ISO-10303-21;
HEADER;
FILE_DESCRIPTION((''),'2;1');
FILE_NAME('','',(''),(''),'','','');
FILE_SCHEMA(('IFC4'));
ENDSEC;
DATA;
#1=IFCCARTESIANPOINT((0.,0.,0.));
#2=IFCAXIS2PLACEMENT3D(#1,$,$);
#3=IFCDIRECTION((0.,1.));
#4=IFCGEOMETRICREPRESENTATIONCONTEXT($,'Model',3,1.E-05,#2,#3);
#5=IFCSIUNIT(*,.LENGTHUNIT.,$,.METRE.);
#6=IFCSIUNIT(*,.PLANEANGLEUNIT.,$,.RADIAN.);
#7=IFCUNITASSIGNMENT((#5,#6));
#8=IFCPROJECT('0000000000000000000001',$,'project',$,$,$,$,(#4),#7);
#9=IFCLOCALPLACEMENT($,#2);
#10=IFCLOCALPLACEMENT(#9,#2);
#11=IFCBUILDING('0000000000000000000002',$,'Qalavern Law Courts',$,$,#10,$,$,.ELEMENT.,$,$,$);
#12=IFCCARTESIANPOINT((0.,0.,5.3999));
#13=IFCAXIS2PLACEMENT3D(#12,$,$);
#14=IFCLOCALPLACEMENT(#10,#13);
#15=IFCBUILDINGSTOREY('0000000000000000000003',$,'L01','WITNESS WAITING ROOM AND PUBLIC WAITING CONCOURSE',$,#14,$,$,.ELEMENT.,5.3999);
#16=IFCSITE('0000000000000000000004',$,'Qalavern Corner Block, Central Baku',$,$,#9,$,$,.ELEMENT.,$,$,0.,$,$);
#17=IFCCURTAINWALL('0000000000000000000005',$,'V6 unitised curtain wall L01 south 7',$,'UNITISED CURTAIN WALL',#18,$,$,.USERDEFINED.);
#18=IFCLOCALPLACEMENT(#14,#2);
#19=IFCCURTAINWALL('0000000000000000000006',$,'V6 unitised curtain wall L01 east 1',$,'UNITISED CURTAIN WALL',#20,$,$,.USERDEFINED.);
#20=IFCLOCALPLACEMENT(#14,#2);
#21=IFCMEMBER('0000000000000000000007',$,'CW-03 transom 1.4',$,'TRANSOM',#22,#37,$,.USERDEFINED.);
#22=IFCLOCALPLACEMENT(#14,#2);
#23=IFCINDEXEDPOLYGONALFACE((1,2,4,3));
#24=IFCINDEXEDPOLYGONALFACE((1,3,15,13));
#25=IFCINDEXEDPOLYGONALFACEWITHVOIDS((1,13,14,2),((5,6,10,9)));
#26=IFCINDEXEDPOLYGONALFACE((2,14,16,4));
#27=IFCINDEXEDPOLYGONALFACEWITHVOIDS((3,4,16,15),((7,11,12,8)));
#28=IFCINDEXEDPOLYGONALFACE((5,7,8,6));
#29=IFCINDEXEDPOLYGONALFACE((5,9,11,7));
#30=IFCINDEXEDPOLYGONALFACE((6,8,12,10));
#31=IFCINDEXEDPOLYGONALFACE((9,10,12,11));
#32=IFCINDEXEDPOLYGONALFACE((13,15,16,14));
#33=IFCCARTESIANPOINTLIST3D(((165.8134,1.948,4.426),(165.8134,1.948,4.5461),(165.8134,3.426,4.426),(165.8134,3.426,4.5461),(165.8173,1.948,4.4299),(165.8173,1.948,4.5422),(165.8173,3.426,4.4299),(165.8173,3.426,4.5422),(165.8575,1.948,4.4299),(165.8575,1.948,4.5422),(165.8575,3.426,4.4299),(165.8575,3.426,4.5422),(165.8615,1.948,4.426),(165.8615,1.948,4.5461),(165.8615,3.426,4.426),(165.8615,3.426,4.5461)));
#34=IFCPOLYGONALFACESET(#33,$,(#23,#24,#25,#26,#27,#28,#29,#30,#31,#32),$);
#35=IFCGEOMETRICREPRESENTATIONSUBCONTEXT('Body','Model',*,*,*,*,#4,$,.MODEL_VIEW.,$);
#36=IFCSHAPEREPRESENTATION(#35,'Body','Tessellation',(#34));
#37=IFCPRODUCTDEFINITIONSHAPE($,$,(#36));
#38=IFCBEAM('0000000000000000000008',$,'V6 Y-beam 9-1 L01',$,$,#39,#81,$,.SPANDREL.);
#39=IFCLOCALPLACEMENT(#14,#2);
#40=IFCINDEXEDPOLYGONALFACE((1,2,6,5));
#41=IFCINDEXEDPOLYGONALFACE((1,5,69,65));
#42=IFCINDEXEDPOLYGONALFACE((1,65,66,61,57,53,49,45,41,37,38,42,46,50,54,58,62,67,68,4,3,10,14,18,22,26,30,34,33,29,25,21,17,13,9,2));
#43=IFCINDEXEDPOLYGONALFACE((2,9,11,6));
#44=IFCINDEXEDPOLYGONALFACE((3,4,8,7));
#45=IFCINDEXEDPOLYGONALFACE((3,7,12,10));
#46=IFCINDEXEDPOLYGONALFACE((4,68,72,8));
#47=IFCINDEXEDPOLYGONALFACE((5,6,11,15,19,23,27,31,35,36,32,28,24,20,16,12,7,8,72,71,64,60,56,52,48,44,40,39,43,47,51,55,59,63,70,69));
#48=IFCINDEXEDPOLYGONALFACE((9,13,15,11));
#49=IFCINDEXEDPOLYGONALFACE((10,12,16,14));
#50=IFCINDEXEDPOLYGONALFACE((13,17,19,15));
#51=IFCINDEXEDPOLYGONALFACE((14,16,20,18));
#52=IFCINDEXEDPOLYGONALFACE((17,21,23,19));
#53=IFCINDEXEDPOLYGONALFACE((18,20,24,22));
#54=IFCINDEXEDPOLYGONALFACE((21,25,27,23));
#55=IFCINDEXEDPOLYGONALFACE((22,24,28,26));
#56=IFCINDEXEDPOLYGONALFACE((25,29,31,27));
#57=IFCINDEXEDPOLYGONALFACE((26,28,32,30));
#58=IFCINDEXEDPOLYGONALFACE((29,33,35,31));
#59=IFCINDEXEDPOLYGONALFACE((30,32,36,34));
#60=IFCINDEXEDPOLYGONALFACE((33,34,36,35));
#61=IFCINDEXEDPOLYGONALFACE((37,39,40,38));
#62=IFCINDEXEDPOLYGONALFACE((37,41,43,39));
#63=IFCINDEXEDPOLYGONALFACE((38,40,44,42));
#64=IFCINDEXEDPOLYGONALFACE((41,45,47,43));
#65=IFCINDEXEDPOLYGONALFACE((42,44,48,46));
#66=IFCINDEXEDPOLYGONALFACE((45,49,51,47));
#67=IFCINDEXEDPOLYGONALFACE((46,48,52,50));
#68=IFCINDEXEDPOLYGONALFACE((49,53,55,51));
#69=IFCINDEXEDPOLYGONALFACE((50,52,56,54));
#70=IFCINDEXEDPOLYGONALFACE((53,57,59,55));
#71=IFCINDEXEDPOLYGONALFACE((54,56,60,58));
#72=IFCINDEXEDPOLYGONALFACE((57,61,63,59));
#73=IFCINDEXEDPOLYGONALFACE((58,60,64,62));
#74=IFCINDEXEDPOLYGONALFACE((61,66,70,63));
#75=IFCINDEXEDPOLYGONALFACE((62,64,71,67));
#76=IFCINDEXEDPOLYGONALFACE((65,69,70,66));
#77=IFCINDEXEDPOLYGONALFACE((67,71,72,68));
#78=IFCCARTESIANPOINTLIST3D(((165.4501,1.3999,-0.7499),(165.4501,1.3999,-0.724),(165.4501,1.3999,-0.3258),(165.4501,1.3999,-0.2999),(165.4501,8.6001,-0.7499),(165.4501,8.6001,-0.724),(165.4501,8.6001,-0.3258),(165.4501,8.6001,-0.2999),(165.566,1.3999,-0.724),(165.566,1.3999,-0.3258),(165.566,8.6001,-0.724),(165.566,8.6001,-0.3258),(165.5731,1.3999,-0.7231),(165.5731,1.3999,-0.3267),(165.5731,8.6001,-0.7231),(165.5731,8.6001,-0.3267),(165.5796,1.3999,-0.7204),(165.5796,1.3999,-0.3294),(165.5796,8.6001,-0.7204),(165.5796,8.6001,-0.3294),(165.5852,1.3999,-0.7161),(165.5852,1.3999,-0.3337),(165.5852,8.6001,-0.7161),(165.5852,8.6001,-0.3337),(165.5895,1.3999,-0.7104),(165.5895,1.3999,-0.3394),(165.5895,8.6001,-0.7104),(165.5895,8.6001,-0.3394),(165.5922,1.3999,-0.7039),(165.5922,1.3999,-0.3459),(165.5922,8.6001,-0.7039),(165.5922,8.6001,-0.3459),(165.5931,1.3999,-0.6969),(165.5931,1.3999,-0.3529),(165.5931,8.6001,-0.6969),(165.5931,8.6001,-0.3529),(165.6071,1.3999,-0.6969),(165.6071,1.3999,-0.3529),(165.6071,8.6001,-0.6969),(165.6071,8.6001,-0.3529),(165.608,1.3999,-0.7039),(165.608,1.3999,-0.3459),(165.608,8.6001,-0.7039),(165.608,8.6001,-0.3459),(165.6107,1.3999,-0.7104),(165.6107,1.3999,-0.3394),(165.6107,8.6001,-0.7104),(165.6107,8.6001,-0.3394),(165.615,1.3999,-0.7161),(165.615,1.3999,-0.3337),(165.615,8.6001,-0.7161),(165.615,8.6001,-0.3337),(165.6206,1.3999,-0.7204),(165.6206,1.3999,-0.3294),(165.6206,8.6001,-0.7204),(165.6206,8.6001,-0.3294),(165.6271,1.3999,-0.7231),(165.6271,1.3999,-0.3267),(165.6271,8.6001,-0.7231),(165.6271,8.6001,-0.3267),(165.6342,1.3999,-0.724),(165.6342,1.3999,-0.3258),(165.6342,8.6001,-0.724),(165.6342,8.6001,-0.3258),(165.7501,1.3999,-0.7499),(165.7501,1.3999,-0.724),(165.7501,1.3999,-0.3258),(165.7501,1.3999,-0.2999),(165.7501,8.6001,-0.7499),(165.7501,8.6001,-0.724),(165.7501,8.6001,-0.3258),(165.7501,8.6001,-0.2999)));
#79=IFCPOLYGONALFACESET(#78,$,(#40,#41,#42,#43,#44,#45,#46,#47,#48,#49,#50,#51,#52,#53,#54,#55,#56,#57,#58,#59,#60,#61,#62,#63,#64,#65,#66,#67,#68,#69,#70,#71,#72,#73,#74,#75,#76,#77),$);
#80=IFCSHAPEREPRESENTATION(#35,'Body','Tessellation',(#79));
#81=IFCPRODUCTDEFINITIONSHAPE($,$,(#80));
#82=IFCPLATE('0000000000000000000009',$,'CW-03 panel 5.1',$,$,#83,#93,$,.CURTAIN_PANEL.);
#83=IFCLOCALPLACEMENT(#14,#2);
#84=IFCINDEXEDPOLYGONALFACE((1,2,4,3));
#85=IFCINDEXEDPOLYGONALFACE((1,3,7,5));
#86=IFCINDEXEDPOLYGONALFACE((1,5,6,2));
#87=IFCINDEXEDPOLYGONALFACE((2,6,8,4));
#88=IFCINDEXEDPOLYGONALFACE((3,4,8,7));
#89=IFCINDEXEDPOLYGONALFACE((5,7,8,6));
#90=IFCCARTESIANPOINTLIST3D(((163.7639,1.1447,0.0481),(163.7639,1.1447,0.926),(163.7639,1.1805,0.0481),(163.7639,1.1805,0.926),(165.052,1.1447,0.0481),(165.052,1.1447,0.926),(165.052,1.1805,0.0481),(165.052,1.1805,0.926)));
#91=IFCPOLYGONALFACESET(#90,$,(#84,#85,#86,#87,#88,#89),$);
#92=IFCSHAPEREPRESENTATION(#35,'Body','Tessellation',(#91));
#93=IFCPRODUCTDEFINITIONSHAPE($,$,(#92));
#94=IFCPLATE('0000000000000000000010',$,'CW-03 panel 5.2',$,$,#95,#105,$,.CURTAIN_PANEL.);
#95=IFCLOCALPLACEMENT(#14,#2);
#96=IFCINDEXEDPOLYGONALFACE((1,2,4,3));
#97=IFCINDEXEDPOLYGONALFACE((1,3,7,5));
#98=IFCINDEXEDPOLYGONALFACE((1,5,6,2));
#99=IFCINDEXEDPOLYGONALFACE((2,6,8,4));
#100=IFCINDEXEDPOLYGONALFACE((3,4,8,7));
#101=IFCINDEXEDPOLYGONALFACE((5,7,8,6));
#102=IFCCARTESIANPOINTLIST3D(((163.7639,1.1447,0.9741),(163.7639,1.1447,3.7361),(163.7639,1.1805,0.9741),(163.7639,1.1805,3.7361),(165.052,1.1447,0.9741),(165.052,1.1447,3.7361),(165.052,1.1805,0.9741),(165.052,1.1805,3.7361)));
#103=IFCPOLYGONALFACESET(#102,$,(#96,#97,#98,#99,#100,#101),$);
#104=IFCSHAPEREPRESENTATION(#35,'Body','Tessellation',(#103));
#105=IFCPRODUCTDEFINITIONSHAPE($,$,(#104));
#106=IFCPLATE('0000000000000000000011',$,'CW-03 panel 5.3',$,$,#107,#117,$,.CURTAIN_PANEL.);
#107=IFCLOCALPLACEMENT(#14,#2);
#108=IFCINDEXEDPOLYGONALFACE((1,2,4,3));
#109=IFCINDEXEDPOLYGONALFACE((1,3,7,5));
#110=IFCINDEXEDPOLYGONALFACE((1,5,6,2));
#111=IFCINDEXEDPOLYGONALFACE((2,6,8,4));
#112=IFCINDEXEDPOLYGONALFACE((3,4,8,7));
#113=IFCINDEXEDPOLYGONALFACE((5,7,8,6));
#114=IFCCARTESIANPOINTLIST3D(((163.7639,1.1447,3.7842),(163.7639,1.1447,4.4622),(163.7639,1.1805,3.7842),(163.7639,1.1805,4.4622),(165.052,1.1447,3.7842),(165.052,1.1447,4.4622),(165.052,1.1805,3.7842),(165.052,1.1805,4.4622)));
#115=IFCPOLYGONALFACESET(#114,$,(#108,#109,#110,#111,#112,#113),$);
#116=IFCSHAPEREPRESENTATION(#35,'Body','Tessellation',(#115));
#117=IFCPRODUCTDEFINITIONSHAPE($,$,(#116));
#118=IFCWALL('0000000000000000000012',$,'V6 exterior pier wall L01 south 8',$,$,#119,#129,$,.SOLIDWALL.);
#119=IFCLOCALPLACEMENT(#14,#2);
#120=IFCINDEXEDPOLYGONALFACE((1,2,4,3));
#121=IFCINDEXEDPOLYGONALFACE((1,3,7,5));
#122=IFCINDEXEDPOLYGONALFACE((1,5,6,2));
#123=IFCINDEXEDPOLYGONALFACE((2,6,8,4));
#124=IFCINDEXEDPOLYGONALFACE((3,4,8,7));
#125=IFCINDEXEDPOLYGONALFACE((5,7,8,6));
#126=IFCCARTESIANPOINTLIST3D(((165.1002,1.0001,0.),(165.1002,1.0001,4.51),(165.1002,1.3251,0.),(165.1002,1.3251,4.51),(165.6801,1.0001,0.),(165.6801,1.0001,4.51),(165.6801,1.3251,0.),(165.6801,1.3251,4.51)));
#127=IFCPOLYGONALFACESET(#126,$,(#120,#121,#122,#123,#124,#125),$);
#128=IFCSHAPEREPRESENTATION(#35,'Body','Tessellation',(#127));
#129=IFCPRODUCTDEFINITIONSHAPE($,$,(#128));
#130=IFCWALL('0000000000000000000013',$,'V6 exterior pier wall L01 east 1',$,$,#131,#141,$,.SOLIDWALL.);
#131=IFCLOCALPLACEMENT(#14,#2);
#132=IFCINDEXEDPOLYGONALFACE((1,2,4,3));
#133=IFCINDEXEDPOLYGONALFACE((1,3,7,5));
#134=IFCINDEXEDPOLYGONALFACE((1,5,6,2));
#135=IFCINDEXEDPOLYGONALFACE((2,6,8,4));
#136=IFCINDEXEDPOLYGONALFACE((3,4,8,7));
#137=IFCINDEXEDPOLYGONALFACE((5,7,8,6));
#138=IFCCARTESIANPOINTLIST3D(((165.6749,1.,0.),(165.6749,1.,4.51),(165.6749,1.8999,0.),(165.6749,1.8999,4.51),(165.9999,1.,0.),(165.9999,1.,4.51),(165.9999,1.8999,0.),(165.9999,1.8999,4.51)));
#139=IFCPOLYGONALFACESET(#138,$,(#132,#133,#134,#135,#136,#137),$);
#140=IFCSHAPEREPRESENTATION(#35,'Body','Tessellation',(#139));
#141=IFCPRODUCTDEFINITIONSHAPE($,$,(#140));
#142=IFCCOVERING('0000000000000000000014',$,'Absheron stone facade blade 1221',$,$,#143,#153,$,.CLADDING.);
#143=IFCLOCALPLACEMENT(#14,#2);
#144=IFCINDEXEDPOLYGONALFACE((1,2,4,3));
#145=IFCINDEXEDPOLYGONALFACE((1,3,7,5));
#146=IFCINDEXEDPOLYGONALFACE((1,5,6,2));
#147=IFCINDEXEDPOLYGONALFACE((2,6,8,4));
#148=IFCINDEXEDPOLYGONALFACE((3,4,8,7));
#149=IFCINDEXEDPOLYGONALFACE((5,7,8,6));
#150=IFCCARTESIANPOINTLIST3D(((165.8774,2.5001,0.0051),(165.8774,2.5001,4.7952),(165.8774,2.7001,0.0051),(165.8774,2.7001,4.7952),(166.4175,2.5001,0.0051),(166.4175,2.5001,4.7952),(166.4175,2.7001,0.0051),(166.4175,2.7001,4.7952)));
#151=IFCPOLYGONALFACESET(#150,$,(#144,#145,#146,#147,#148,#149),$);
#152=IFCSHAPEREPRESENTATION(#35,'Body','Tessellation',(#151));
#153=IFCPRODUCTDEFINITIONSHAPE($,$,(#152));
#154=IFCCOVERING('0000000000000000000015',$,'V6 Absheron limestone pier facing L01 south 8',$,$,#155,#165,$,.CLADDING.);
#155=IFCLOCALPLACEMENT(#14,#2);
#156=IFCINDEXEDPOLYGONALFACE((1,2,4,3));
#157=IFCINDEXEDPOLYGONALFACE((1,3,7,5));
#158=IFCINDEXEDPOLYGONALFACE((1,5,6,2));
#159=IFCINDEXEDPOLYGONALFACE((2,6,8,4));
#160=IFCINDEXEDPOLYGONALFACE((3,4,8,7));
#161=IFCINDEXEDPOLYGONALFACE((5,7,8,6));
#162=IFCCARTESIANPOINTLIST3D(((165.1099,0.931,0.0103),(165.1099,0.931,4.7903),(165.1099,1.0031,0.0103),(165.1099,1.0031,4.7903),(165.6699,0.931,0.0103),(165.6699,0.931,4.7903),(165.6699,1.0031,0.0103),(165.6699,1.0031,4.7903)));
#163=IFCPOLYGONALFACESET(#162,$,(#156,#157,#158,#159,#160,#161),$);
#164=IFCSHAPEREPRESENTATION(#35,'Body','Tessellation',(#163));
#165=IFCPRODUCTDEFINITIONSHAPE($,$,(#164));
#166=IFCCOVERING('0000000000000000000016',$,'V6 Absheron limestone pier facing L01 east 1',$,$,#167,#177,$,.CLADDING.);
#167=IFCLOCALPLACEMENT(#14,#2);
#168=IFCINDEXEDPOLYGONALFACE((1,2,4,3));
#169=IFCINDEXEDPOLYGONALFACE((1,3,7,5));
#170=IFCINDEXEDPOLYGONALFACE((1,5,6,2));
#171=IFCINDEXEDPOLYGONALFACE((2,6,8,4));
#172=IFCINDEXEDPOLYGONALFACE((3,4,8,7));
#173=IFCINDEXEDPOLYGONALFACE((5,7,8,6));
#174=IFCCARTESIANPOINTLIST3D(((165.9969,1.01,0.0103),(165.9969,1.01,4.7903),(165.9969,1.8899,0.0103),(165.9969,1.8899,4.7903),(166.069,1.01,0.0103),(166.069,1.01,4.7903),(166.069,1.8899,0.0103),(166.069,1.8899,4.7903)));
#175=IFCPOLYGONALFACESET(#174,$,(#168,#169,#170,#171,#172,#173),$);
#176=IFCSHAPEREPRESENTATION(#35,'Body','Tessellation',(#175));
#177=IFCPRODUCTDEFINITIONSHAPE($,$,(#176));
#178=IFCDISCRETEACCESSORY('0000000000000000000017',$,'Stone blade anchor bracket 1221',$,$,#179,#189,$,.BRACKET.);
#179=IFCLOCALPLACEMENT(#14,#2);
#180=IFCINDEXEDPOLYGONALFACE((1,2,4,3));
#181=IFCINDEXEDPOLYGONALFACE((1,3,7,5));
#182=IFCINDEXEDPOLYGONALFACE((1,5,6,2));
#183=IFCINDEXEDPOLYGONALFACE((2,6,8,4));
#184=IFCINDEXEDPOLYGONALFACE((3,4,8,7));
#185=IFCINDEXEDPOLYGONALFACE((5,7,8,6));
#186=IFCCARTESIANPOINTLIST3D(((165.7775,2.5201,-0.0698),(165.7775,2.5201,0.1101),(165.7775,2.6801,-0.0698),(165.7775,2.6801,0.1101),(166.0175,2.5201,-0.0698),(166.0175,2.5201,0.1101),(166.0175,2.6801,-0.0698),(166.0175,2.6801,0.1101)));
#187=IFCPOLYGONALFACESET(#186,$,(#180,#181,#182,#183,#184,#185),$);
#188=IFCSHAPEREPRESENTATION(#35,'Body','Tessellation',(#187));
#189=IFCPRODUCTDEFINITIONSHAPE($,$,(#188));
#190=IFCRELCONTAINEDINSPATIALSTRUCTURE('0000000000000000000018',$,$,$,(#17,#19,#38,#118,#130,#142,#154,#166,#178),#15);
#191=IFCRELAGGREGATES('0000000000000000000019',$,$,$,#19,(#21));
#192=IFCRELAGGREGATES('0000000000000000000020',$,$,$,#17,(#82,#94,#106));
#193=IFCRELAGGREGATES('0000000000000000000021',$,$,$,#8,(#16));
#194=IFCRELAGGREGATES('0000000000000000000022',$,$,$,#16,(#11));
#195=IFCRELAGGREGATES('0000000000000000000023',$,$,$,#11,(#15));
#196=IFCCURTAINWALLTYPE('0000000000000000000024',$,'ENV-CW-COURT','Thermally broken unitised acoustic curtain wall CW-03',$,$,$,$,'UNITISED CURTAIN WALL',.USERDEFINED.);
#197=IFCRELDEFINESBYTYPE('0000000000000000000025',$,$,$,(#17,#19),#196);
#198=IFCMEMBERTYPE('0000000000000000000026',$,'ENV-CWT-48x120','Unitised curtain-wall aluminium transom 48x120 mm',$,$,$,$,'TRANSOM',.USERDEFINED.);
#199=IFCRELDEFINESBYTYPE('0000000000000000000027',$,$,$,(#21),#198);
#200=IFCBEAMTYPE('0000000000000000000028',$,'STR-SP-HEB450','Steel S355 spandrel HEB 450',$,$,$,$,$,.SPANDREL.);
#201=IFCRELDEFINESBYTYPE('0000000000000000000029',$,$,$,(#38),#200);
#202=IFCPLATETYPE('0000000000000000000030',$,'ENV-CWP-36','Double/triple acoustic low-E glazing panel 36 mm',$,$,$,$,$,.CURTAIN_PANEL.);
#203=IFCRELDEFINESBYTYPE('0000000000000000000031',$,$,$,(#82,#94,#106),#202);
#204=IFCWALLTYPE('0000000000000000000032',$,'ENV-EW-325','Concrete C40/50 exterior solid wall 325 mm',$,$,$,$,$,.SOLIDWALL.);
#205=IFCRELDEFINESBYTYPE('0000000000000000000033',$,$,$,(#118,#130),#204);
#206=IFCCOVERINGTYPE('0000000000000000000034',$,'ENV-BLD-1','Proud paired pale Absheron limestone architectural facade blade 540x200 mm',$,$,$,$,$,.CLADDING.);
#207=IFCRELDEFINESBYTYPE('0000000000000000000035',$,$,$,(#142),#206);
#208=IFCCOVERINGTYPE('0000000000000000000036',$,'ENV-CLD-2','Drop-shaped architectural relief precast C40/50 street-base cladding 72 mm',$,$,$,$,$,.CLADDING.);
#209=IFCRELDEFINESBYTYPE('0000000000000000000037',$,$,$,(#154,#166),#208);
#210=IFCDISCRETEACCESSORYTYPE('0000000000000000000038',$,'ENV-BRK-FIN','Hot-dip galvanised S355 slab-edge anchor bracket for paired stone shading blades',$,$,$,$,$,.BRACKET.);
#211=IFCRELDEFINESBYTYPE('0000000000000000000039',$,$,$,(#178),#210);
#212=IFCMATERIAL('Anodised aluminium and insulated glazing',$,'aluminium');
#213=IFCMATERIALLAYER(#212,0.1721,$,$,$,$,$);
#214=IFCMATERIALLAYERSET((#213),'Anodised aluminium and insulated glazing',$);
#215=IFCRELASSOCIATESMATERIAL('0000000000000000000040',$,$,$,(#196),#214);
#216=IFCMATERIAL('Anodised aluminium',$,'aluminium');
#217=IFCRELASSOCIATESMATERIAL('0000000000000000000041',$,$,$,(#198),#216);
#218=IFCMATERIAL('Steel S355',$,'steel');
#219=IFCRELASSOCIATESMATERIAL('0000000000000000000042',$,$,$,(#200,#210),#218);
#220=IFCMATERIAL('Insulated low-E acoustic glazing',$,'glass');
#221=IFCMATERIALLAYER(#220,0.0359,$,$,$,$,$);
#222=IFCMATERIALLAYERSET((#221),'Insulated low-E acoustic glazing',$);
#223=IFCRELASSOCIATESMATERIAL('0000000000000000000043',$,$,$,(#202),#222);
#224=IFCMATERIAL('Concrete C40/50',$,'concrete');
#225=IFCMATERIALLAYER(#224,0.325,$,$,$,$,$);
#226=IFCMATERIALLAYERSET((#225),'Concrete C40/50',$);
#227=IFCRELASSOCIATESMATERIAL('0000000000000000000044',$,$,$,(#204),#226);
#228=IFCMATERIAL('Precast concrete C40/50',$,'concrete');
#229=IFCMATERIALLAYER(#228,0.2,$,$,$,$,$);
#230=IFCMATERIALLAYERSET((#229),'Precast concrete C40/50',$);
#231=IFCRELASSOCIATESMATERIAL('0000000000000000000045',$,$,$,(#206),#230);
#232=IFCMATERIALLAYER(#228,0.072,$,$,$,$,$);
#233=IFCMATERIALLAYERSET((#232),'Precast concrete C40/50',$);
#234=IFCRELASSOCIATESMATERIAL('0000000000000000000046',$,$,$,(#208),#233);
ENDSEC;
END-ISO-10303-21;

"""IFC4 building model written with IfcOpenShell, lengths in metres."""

from ifc_helpers import new_model, si_unit, direction, frame, frame_2d, origin, origin_2d, place, context, subcontext, project, spatial, rectangle, hollow_rectangle, i_section, extrude, material, layer, layer_set, material_profile, profile_set, type_object, element, aggregate, save


model = new_model("IFC4")

# Units and contexts
model_context = context("Model", 3, precision=1e-05, world=origin(), true_north=direction((0.0, 1.0)))
body_context = subcontext(model_context, "Body", "Model", "MODEL_VIEW")
ifc_project = project(units=[si_unit("LENGTHUNIT", "METRE"), si_unit("PLANEANGLEUNIT", "RADIAN")], contexts=[model_context])

# Site, building, storey
site_placement = place(None, origin())
site = spatial("IfcSite", under=ifc_project, at=site_placement, Name="Qalavern Corner Block, Central Baku", CompositionType="ELEMENT", RefElevation=0.0)
building_placement = place(site_placement, origin())
building = spatial("IfcBuilding", under=site, at=building_placement, Name="Qalavern Law Courts", CompositionType="ELEMENT")
storey_placement = place(building_placement, frame((0.0, 0.0, 5.3999)))
storey = spatial("IfcBuildingStorey", under=building, at=storey_placement, Name="L01", Description="WITNESS WAITING ROOM AND PUBLIC WAITING CONCOURSE", CompositionType="ELEMENT", Elevation=5.3999)

# Curtain wall
ifc_material_1 = material(Name="Anodised aluminium and insulated glazing", Category="aluminium")
ifc_layer_1 = layer(ifc_material_1, 0.1721)
ifc_layer_set_1 = layer_set([ifc_layer_1], Name="Anodised aluminium and insulated glazing")
curtain_wall_type = type_object("IfcCurtainWallType", Name="ENV-CW-COURT", Description="Thermally broken unitised acoustic curtain wall CW-03", ElementType="UNITISED CURTAIN WALL", PredefinedType="USERDEFINED", material=ifc_layer_set_1)
curtain_wall_1_placement = place(storey_placement, origin())
curtain_wall_1 = element("IfcCurtainWall", 1, at=curtain_wall_1_placement, inside=storey, type_object=curtain_wall_type, Name="V6 unitised curtain wall L01 south 7", ObjectType="UNITISED CURTAIN WALL", PredefinedType="USERDEFINED")
ifc_material_2 = material(Name="Anodised aluminium", Category="aluminium")

# Curtain wall
curtain_wall_2_placement = place(storey_placement, origin())
curtain_wall_2 = element("IfcCurtainWall", 2, at=curtain_wall_2_placement, inside=storey, type_object=curtain_wall_type, Name="V6 unitised curtain wall L01 east 1", ObjectType="UNITISED CURTAIN WALL", PredefinedType="USERDEFINED")

# Member
ifc_material_profile_1 = material_profile(ifc_material_2, hollow_rectangle(XDim=0.0481, YDim=0.1201, WallThickness=0.0039, at=origin_2d()), Name="ALU TRANSOM 48x120")
ifc_profile_set_1 = profile_set([ifc_material_profile_1], Name="Anodised aluminium")
member_type_1 = type_object("IfcMemberType", Name="ENV-CWT-48x120", Description="Unitised curtain-wall aluminium transom 48x120 mm", ElementType="TRANSOM", PredefinedType="USERDEFINED", material=ifc_profile_set_1)
member_1_placement = place(storey_placement, frame((165.8374, 1.948, 4.4861), z_axis=(0.0, 1.0, 0.0), x_axis=(-1.0, 0.0, 0.0)))
member_1 = element("IfcMember", 3, at=member_1_placement, type_object=member_type_1, Name="CW-03 transom 1.4", ObjectType="TRANSOM", PredefinedType="USERDEFINED", context=body_context, shape_type="SweptSolid", body=[
    extrude(hollow_rectangle(XDim=0.0481, YDim=0.1201, WallThickness=0.0039, at=origin_2d()), origin(), (0.0, 0.0, 1.0), 1.478),
])
aggregate(curtain_wall_2, [member_1])

# Beam
ifc_material_3 = material(Name="Steel S355", Category="steel")
ifc_material_profile_2 = material_profile(ifc_material_3, i_section(OverallWidth=0.3, OverallDepth=0.45, WebThickness=0.0139, FlangeThickness=0.0259, FilletRadius=0.0271, at=origin_2d()), Name="HEB 450")
ifc_profile_set_2 = profile_set([ifc_material_profile_2], Name="Steel S355")
beam_type = type_object("IfcBeamType", Name="STR-SP-HEB450", Description="Steel S355 spandrel HEB 450", PredefinedType="SPANDREL", material=ifc_profile_set_2)
beam_placement = place(storey_placement, frame((165.6001, 1.3999, -0.5249), z_axis=(0.0, 1.0, 0.0), x_axis=(-1.0, 0.0, 0.0)))
element("IfcBeam", 4, at=beam_placement, inside=storey, type_object=beam_type, Name="V6 Y-beam 9-1 L01", PredefinedType="SPANDREL", context=body_context, shape_type="SweptSolid", body=[
    extrude(i_section(OverallWidth=0.3, OverallDepth=0.45, WebThickness=0.0139, FlangeThickness=0.0259, FilletRadius=0.0271, at=origin_2d()), origin(), (0.0, 0.0, 1.0), 7.2002),
])

# Plates
ifc_material_4 = material(Name="Insulated low-E acoustic glazing", Category="glass")
ifc_layer_2 = layer(ifc_material_4, 0.0359)
ifc_layer_set_2 = layer_set([ifc_layer_2], Name="Insulated low-E acoustic glazing")
plate_type = type_object("IfcPlateType", Name="ENV-CWP-36", Description="Double/triple acoustic low-E glazing panel 36 mm", PredefinedType="CURTAIN_PANEL", material=ifc_layer_set_2)
plate_1_placement = place(storey_placement, frame((164.408, 1.1626, 0.0481), z_axis=(0.0, 0.0, 1.0), x_axis=(1.0, 0.0, 0.0)))
plate_1 = element("IfcPlate", 5, at=plate_1_placement, type_object=plate_type, Name="CW-03 panel 5.1", PredefinedType="CURTAIN_PANEL", context=body_context, shape_type="SweptSolid", body=[
    extrude(rectangle(XDim=1.2881, YDim=0.0359, at=origin_2d()), origin(), (0.0, 0.0, 1.0), 0.8779),
])
plate_2_placement = place(storey_placement, frame((164.408, 1.1626, 0.9741), z_axis=(0.0, 0.0, 1.0), x_axis=(1.0, 0.0, 0.0)))
plate_2 = element("IfcPlate", 6, at=plate_2_placement, type_object=plate_type, Name="CW-03 panel 5.2", PredefinedType="CURTAIN_PANEL", context=body_context, shape_type="SweptSolid", body=[
    extrude(rectangle(XDim=1.2881, YDim=0.0359, at=origin_2d()), origin(), (0.0, 0.0, 1.0), 2.762),
])
plate_3_placement = place(storey_placement, frame((164.408, 1.1626, 3.7842), z_axis=(0.0, 0.0, 1.0), x_axis=(1.0, 0.0, 0.0)))
plate_3 = element("IfcPlate", 7, at=plate_3_placement, type_object=plate_type, Name="CW-03 panel 5.3", PredefinedType="CURTAIN_PANEL", context=body_context, shape_type="SweptSolid", body=[
    extrude(rectangle(XDim=1.2881, YDim=0.0359, at=origin_2d()), origin(), (0.0, 0.0, 1.0), 0.678),
])
aggregate(curtain_wall_1, [plate_1, plate_2, plate_3])

# Walls
ifc_material_5 = material(Name="Concrete C40/50", Category="concrete")
ifc_layer_3 = layer(ifc_material_5, 0.325)
ifc_layer_set_3 = layer_set([ifc_layer_3], Name="Concrete C40/50")
wall_type = type_object("IfcWallType", Name="ENV-EW-325", Description="Concrete C40/50 exterior solid wall 325 mm", PredefinedType="SOLIDWALL", material=ifc_layer_set_3)
wall_1_placement = place(storey_placement, frame((165.1001, 1.1626, 0.0), z_axis=(0.0, 0.0, 1.0), x_axis=(1.0, 0.0, 0.0)))
element("IfcWall", 8, at=wall_1_placement, inside=storey, type_object=wall_type, Name="V6 exterior pier wall L01 south 8", PredefinedType="SOLIDWALL", context=body_context, shape_type="SweptSolid", body=[
    extrude(rectangle(XDim=0.5798, YDim=0.325, at=frame_2d((0.29, 0.0))), origin(), (0.0, 0.0, 1.0), 4.51),
])
wall_2_placement = place(storey_placement, frame((165.8374, 1.0, 0.0), z_axis=(0.0, 0.0, 1.0), x_axis=(0.0, 1.0, 0.0)))
element("IfcWall", 9, at=wall_2_placement, inside=storey, type_object=wall_type, Name="V6 exterior pier wall L01 east 1", PredefinedType="SOLIDWALL", context=body_context, shape_type="SweptSolid", body=[
    extrude(rectangle(XDim=0.8999, YDim=0.325, at=frame_2d((0.45, 0.0))), origin(), (0.0, 0.0, 1.0), 4.51),
])

# Coverings
ifc_material_6 = material(Name="Precast concrete C40/50", Category="concrete")
ifc_layer_4 = layer(ifc_material_6, 0.2)
ifc_layer_set_4 = layer_set([ifc_layer_4], Name="Precast concrete C40/50")
covering_type_1 = type_object("IfcCoveringType", Name="ENV-BLD-1", Description="Proud paired pale Absheron limestone architectural facade blade 540x200 mm", PredefinedType="CLADDING", material=ifc_layer_set_4)
covering_1_placement = place(storey_placement, frame((166.1475, 2.6001, 0.0051), z_axis=(0.0, 0.0, 1.0), x_axis=(1.0, 0.0, 0.0)))
element("IfcCovering", 10, at=covering_1_placement, inside=storey, type_object=covering_type_1, Name="Absheron stone facade blade 1221", PredefinedType="CLADDING", context=body_context, shape_type="SweptSolid", body=[
    extrude(rectangle(XDim=0.54, YDim=0.2, at=origin_2d()), origin(), (0.0, 0.0, 1.0), 4.79),
])
ifc_layer_5 = layer(ifc_material_6, 0.072)
ifc_layer_set_5 = layer_set([ifc_layer_5], Name="Precast concrete C40/50")
covering_type_2 = type_object("IfcCoveringType", Name="ENV-CLD-2", Description="Drop-shaped architectural relief precast C40/50 street-base cladding 72 mm", PredefinedType="CLADDING", material=ifc_layer_set_5)
covering_2_placement = place(storey_placement, frame((165.3899, 0.967, 0.0103), z_axis=(0.0, 0.0, 1.0), x_axis=(1.0, 0.0, 0.0)))
element("IfcCovering", 11, at=covering_2_placement, inside=storey, type_object=covering_type_2, Name="V6 Absheron limestone pier facing L01 south 8", PredefinedType="CLADDING", context=body_context, shape_type="SweptSolid", body=[
    extrude(rectangle(XDim=0.5601, YDim=0.072, at=origin_2d()), origin(), (0.0, 0.0, 1.0), 4.78),
])
covering_3_placement = place(storey_placement, frame((166.033, 1.45, 0.0103), z_axis=(0.0, 0.0, 1.0), x_axis=(0.0, 1.0, 0.0)))
element("IfcCovering", 12, at=covering_3_placement, inside=storey, type_object=covering_type_2, Name="V6 Absheron limestone pier facing L01 east 1", PredefinedType="CLADDING", context=body_context, shape_type="SweptSolid", body=[
    extrude(rectangle(XDim=0.8799, YDim=0.072, at=origin_2d()), origin(), (0.0, 0.0, 1.0), 4.78),
])

# Discrete accessory
discrete_accessory_type = type_object("IfcDiscreteAccessoryType", Name="ENV-BRK-FIN", Description="Hot-dip galvanised S355 slab-edge anchor bracket for paired stone shading blades", PredefinedType="BRACKET", material=ifc_material_3)
discrete_accessory_placement = place(storey_placement, frame((165.8975, 2.6001, -0.0698), z_axis=(0.0, 0.0, 1.0), x_axis=(1.0, 0.0, 0.0)))
element("IfcDiscreteAccessory", 13, at=discrete_accessory_placement, inside=storey, type_object=discrete_accessory_type, Name="Stone blade anchor bracket 1221", PredefinedType="BRACKET", context=body_context, shape_type="SweptSolid", body=[
    extrude(rectangle(XDim=0.24, YDim=0.1599, at=origin_2d()), origin(), (0.0, 0.0, 1.0), 0.1799),
])

save(model, "model.ifc")
